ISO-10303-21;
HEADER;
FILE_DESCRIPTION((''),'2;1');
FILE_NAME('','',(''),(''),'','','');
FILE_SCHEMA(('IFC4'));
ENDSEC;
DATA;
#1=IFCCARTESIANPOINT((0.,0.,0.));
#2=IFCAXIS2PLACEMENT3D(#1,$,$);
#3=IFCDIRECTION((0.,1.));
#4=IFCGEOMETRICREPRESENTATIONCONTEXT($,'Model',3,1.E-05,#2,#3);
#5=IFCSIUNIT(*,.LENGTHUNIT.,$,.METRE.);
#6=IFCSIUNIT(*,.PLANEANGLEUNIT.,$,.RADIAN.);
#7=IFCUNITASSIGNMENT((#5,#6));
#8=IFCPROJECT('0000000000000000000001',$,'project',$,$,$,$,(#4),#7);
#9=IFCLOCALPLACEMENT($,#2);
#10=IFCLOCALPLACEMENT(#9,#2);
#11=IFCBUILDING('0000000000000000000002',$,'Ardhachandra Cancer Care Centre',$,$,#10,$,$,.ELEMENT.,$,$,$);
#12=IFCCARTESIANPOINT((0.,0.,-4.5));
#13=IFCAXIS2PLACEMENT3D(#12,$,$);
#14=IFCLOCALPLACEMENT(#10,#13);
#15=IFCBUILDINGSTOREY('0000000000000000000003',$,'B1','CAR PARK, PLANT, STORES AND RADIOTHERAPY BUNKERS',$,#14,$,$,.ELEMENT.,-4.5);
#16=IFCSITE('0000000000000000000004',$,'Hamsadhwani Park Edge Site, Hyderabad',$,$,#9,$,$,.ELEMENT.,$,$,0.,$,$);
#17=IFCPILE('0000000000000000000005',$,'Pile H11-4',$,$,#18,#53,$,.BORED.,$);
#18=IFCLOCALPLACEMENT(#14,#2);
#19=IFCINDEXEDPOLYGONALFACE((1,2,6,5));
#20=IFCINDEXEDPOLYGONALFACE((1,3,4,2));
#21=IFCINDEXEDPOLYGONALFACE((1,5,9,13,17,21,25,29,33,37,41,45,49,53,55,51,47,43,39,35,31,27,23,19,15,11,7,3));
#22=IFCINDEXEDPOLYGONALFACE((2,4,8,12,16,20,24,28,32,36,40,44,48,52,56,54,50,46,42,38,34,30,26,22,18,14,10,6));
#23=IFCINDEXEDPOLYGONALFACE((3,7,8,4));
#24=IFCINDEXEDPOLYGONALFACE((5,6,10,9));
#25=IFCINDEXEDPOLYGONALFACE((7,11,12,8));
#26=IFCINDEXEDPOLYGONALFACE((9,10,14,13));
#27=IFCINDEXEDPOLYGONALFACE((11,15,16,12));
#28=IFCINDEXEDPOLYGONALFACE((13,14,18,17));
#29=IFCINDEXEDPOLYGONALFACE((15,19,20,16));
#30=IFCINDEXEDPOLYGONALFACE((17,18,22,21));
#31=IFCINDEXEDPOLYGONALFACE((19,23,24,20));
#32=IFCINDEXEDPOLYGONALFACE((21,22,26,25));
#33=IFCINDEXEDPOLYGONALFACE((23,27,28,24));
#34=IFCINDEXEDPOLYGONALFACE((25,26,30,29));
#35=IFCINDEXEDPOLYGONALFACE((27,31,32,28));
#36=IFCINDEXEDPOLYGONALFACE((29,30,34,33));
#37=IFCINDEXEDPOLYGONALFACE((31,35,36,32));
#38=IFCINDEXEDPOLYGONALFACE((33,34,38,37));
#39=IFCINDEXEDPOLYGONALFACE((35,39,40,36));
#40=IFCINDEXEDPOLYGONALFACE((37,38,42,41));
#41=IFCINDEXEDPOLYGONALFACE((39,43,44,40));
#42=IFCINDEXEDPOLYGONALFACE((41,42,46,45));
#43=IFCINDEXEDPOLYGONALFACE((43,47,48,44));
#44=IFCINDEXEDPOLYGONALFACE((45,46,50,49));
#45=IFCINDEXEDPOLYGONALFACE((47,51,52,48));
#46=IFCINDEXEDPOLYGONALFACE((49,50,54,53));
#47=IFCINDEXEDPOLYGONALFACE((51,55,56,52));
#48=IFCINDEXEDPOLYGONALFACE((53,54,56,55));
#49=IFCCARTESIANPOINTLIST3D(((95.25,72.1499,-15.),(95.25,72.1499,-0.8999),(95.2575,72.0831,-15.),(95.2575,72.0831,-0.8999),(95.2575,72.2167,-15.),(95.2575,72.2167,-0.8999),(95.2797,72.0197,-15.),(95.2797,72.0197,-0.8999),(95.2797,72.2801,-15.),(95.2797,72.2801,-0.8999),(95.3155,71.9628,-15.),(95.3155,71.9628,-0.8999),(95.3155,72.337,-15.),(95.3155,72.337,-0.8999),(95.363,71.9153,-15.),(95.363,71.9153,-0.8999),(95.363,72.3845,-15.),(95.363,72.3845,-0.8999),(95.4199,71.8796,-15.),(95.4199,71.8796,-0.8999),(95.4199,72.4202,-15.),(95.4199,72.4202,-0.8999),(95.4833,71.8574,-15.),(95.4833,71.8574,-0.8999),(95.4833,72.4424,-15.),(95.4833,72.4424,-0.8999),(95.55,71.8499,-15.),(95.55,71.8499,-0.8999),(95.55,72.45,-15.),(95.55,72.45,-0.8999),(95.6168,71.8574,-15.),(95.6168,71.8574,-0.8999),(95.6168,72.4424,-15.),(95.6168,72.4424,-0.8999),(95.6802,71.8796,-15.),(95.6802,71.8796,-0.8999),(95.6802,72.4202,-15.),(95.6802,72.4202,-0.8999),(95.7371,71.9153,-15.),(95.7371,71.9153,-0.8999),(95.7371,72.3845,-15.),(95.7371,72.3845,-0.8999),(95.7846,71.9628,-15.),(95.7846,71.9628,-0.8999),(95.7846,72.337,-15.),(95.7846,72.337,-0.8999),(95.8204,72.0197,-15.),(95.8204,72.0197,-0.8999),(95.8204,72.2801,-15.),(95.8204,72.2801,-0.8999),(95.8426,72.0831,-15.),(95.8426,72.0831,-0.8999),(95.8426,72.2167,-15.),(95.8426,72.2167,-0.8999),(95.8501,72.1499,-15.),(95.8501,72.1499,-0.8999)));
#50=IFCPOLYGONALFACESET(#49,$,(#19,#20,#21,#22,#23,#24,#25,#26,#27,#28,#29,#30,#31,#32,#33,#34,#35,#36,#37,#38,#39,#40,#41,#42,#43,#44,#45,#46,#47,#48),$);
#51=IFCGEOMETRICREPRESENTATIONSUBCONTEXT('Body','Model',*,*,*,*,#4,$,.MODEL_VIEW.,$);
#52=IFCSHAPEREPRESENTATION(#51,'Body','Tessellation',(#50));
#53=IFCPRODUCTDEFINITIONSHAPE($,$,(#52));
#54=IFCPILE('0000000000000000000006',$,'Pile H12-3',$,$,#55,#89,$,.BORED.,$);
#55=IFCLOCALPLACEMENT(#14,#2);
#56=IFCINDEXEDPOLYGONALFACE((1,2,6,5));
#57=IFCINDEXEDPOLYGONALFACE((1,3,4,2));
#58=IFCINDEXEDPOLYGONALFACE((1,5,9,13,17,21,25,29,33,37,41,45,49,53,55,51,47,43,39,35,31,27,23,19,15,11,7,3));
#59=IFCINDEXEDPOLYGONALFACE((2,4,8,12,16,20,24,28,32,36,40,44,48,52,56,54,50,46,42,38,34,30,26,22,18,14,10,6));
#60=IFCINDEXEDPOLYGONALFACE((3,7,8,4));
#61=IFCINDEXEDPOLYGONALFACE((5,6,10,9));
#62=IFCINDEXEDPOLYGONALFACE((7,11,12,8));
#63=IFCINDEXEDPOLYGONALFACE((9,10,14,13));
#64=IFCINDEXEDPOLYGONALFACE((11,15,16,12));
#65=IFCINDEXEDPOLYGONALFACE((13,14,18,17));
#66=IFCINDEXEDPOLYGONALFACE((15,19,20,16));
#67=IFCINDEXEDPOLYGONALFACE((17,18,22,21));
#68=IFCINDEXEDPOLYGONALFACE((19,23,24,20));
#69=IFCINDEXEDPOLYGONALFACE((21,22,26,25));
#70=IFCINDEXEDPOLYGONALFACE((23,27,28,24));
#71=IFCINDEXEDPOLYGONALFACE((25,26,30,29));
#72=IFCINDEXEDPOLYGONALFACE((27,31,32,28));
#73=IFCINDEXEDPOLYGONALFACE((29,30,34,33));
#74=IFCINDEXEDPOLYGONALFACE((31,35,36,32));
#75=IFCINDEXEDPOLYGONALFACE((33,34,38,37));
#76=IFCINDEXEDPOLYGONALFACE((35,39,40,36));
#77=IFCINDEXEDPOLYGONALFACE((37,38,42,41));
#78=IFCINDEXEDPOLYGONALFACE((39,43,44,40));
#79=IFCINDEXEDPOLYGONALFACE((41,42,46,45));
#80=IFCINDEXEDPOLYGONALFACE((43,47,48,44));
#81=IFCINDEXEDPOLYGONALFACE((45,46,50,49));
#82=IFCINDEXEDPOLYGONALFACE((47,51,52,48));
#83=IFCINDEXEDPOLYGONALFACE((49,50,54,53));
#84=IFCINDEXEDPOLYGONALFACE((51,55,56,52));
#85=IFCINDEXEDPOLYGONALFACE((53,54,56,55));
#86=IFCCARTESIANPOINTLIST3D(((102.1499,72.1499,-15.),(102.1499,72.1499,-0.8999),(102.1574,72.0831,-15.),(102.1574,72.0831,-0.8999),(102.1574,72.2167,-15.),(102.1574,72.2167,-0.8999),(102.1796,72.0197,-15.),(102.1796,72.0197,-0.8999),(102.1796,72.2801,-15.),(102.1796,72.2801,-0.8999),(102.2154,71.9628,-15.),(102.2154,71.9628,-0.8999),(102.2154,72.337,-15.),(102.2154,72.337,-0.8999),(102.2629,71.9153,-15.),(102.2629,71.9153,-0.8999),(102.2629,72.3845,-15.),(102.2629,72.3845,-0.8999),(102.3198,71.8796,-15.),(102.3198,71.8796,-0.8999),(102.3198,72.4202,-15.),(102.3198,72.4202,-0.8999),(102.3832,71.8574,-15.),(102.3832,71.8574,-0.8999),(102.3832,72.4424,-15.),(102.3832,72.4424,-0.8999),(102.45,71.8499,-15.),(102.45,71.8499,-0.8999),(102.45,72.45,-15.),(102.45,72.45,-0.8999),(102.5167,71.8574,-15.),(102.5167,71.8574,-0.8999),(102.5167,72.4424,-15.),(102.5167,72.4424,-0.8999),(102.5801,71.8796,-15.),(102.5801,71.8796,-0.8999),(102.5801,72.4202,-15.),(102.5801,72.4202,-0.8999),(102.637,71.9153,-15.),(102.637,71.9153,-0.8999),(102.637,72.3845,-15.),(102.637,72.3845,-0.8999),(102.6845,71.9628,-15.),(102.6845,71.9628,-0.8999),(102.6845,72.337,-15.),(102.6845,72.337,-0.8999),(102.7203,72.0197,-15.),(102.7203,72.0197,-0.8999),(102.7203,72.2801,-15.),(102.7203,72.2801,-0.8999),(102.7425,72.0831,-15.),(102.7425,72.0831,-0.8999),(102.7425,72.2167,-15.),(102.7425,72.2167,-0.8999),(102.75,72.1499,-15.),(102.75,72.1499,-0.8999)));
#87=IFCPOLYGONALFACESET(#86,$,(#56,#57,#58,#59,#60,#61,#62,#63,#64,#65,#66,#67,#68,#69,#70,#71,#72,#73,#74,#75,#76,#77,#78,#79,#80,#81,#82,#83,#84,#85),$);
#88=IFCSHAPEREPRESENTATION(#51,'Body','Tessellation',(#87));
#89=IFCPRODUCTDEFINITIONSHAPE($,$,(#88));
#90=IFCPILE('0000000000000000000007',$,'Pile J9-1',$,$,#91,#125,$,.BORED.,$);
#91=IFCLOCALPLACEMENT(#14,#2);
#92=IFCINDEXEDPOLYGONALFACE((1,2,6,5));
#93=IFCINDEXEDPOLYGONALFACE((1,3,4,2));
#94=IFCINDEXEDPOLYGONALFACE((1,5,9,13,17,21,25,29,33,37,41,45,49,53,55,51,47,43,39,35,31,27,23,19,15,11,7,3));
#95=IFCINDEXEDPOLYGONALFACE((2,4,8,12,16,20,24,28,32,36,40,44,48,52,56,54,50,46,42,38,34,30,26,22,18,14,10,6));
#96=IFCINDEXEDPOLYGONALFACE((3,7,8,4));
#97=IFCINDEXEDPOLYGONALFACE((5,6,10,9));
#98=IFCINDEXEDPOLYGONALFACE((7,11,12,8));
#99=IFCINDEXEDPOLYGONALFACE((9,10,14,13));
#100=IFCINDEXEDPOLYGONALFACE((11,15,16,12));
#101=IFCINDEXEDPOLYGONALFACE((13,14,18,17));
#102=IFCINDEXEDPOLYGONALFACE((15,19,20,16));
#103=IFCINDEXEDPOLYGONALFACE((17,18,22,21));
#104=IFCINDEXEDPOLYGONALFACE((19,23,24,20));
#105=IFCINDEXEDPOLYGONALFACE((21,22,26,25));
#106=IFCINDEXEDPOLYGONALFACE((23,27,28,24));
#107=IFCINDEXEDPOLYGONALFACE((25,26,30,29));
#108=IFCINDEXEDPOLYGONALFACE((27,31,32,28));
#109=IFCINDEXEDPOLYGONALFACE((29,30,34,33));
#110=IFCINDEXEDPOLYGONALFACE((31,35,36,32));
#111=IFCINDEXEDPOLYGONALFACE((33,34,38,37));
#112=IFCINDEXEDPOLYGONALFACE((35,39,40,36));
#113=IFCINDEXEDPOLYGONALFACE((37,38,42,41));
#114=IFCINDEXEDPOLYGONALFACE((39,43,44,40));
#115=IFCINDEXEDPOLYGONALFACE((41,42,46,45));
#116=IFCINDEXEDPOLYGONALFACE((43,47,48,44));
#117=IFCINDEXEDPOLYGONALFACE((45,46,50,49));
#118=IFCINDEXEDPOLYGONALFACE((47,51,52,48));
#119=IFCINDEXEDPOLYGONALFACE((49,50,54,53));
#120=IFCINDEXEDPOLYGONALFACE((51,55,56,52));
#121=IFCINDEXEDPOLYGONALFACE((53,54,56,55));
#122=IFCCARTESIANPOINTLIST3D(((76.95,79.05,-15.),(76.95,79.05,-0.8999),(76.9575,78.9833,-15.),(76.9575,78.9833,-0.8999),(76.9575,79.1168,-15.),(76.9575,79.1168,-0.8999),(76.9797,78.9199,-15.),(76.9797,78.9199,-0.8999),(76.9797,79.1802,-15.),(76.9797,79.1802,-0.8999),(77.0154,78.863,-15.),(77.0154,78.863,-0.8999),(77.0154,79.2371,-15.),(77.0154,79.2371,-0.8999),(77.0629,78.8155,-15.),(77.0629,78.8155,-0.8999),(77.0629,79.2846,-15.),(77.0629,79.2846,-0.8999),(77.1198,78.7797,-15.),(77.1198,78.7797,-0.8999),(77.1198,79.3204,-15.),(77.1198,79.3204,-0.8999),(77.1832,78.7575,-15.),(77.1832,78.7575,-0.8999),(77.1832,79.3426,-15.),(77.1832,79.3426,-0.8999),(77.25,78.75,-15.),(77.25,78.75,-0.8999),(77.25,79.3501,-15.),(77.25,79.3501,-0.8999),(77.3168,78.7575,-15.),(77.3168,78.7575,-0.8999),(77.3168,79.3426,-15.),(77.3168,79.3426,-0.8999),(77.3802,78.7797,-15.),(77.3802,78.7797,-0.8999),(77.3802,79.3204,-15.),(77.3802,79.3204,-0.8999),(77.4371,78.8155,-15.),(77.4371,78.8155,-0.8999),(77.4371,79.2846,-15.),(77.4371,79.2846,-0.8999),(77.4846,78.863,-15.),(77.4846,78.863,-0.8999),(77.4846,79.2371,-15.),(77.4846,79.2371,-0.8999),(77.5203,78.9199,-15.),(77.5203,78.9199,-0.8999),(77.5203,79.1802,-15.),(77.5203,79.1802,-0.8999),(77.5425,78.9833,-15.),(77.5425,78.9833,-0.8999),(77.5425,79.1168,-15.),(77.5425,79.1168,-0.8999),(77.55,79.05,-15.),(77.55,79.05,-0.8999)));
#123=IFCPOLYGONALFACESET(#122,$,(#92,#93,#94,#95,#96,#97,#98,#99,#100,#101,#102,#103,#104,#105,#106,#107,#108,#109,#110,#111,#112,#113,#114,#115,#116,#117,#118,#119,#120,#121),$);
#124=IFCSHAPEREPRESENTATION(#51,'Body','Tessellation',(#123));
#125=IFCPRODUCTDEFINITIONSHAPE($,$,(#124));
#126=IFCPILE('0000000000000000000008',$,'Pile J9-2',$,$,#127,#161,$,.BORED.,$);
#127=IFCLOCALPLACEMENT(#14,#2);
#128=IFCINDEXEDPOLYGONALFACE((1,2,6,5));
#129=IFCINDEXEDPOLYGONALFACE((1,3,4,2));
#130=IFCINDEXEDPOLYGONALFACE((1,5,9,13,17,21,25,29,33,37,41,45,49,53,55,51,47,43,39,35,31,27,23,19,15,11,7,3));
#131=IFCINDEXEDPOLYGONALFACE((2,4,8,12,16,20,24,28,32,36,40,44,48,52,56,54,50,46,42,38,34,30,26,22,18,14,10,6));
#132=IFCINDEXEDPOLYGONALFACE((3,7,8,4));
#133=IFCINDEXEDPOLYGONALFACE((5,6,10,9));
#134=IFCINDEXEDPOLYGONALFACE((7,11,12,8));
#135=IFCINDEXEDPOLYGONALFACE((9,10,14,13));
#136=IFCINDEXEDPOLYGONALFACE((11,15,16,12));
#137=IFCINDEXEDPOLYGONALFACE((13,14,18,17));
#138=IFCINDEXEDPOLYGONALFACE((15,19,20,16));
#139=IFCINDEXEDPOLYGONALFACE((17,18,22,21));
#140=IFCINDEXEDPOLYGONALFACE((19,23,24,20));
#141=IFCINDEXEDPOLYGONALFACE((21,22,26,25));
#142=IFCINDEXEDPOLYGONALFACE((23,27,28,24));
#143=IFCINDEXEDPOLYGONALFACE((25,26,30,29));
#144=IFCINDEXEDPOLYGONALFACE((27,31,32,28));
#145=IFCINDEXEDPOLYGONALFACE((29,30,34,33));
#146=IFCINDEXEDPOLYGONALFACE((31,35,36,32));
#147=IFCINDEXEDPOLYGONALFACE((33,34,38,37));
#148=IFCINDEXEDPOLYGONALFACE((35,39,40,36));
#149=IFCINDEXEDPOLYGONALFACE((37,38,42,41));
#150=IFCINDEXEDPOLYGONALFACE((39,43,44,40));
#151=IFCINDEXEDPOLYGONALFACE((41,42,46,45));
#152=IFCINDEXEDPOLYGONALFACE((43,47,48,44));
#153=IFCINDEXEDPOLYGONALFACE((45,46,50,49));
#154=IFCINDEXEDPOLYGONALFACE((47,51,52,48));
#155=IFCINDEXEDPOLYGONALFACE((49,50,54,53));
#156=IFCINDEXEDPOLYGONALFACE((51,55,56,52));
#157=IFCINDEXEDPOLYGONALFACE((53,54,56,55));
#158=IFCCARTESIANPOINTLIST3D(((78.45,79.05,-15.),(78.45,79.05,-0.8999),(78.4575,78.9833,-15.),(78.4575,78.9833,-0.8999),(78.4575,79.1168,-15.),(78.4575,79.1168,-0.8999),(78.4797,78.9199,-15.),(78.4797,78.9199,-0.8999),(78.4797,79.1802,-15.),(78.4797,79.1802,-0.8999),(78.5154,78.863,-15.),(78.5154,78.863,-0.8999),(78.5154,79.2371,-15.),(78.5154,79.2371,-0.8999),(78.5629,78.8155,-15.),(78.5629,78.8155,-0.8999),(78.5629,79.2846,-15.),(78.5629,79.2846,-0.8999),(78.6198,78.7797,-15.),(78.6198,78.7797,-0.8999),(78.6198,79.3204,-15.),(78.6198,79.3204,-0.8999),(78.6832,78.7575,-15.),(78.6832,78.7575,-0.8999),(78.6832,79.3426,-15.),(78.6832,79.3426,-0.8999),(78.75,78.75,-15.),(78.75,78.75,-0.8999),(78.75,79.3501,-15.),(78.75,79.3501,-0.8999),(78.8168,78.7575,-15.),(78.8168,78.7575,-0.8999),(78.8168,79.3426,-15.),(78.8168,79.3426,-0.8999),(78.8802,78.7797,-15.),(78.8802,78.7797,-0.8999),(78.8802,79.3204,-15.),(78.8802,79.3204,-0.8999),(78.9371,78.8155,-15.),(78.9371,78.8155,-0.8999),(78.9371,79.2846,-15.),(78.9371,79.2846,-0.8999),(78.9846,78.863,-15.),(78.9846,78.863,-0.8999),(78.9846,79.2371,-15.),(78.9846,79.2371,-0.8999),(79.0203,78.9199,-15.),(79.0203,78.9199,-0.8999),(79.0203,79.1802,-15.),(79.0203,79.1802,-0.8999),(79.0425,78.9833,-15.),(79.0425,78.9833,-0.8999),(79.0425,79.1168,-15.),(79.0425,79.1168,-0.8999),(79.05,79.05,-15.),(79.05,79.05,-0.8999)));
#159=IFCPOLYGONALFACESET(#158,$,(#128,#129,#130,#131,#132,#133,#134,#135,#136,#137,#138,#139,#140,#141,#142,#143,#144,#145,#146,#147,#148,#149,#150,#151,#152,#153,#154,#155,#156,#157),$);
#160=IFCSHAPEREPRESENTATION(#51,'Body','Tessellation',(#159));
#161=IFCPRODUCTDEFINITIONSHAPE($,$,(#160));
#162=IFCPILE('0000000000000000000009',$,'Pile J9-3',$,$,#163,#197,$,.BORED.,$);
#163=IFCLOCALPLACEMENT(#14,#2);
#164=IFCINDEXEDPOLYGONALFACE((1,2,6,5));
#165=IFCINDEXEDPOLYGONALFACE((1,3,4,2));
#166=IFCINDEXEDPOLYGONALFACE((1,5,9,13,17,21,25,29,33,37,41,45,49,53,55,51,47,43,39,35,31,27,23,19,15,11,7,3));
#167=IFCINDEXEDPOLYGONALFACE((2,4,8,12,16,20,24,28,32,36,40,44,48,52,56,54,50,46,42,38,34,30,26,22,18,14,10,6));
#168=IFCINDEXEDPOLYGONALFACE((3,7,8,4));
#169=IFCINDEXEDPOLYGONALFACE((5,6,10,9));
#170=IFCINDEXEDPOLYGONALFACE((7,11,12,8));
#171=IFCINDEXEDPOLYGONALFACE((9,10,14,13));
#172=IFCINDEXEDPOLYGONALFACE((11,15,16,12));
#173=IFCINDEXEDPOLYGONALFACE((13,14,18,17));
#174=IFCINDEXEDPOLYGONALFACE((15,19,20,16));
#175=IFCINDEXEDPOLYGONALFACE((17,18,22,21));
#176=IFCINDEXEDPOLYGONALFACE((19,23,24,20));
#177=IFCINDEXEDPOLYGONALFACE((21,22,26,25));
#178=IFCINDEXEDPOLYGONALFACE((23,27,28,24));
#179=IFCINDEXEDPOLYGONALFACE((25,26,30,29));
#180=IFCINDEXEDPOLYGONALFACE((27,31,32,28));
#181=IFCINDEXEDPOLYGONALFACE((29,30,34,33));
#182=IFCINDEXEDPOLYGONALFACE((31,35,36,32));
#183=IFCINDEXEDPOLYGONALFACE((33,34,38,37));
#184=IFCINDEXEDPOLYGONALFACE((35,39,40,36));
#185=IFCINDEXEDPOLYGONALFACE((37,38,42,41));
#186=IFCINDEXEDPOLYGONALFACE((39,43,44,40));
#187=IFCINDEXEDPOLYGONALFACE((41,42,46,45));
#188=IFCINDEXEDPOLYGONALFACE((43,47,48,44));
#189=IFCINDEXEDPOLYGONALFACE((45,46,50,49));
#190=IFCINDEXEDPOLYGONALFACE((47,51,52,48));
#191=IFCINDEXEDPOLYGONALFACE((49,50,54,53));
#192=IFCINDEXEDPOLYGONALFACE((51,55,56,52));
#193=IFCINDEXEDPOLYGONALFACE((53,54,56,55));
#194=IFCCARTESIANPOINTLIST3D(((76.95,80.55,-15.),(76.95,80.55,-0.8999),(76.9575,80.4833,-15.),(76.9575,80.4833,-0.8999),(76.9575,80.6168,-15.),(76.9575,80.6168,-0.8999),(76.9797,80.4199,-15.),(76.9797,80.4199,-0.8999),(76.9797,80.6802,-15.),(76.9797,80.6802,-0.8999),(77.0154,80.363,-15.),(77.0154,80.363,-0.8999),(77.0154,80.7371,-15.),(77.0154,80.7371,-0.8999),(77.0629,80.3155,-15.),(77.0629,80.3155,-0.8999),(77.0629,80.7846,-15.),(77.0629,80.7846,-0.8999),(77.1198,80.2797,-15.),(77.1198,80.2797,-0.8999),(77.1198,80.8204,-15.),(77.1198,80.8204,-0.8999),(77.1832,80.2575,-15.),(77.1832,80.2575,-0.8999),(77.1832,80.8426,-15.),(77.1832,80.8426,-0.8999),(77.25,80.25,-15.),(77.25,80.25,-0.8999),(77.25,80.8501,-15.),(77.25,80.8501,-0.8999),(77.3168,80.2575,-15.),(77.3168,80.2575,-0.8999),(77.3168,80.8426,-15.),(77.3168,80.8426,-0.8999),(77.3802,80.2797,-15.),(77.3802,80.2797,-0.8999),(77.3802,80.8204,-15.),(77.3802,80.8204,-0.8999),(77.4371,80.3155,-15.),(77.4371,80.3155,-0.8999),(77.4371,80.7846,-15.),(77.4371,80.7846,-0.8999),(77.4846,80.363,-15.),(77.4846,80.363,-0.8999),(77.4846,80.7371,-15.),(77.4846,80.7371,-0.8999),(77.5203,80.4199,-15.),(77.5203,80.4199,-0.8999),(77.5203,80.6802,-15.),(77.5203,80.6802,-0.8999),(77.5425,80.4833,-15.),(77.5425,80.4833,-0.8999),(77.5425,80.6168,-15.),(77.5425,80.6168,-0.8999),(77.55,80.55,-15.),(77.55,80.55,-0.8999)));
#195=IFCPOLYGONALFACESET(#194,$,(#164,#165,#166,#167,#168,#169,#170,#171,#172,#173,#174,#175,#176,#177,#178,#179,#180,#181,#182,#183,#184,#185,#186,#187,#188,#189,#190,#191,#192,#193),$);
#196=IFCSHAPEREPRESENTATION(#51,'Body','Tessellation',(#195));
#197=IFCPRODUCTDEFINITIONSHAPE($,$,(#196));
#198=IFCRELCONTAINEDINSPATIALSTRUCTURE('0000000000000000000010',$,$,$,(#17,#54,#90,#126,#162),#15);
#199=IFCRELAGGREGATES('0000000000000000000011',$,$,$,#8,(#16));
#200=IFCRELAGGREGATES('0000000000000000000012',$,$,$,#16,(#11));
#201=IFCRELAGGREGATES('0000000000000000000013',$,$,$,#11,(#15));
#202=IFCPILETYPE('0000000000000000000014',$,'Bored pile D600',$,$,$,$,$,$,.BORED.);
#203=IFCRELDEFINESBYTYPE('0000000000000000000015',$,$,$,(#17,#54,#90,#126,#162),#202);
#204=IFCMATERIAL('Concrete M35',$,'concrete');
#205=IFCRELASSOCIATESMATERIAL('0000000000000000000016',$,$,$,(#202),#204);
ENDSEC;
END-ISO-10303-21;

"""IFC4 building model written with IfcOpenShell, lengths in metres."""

from ifc_helpers import new_model, si_unit, direction, frame, origin, origin_2d, place, context, subcontext, project, spatial, circle, extrude, material, material_profile, profile_set, type_object, element, save


model = new_model("IFC4")

# Units and contexts
model_context = context("Model", 3, precision=1e-05, world=origin(), true_north=direction((0.0, 1.0)))
body_context = subcontext(model_context, "Body", "Model", "MODEL_VIEW")
ifc_project = project(units=[si_unit("LENGTHUNIT", "METRE"), si_unit("PLANEANGLEUNIT", "RADIAN")], contexts=[model_context])

# Site, building, storey
site_placement = place(None, origin())
site = spatial("IfcSite", under=ifc_project, at=site_placement, Name="Hamsadhwani Park Edge Site, Hyderabad", CompositionType="ELEMENT", RefElevation=0.0)
building_placement = place(site_placement, origin())
building = spatial("IfcBuilding", under=site, at=building_placement, Name="Ardhachandra Cancer Care Centre", CompositionType="ELEMENT")
storey_placement = place(building_placement, frame((0.0, 0.0, -4.5)))
storey = spatial("IfcBuildingStorey", under=building, at=storey_placement, Name="B1", Description="CAR PARK, PLANT, STORES AND RADIOTHERAPY BUNKERS", CompositionType="ELEMENT", Elevation=-4.5)

# Piles
ifc_material_1 = material(Name="Concrete M35", Category="concrete")
ifc_material_profile_1 = material_profile(ifc_material_1, circle(Radius=0.3, at=origin_2d()), Name="D600")
ifc_profile_set_1 = profile_set([ifc_material_profile_1], Name="Concrete M35")
pile_type = type_object("IfcPileType", Name="Bored pile D600", PredefinedType="BORED", material=ifc_profile_set_1)
for number, where, z_axis, x_axis, name in (
    (1, (95.55, 72.1499, -0.8999), (0.0, 0.0, -1.0), (1.0, 0.0, 0.0), "Pile H11-4"),
    (2, (102.45, 72.1499, -0.8999), (0.0, 0.0, -1.0), (1.0, 0.0, 0.0), "Pile H12-3"),
    (3, (77.25, 79.05, -0.8999), (0.0, 0.0, -1.0), (1.0, 0.0, 0.0), "Pile J9-1"),
    (4, (78.75, 79.05, -0.8999), (0.0, 0.0, -1.0), (1.0, 0.0, 0.0), "Pile J9-2"),
    (5, (77.25, 80.55, -0.8999), (0.0, 0.0, -1.0), (1.0, 0.0, 0.0), "Pile J9-3"),
):
    element("IfcPile", number, at=place(storey_placement, frame(where, z_axis=z_axis, x_axis=x_axis)), inside=storey, type_object=pile_type, Name=name, PredefinedType="BORED", context=body_context, shape_type="SweptSolid", body=[
        extrude(circle(Radius=0.3, at=origin_2d()), origin(), (0.0, 0.0, 1.0), 14.1001),
    ])

save(model, "model.ifc")
